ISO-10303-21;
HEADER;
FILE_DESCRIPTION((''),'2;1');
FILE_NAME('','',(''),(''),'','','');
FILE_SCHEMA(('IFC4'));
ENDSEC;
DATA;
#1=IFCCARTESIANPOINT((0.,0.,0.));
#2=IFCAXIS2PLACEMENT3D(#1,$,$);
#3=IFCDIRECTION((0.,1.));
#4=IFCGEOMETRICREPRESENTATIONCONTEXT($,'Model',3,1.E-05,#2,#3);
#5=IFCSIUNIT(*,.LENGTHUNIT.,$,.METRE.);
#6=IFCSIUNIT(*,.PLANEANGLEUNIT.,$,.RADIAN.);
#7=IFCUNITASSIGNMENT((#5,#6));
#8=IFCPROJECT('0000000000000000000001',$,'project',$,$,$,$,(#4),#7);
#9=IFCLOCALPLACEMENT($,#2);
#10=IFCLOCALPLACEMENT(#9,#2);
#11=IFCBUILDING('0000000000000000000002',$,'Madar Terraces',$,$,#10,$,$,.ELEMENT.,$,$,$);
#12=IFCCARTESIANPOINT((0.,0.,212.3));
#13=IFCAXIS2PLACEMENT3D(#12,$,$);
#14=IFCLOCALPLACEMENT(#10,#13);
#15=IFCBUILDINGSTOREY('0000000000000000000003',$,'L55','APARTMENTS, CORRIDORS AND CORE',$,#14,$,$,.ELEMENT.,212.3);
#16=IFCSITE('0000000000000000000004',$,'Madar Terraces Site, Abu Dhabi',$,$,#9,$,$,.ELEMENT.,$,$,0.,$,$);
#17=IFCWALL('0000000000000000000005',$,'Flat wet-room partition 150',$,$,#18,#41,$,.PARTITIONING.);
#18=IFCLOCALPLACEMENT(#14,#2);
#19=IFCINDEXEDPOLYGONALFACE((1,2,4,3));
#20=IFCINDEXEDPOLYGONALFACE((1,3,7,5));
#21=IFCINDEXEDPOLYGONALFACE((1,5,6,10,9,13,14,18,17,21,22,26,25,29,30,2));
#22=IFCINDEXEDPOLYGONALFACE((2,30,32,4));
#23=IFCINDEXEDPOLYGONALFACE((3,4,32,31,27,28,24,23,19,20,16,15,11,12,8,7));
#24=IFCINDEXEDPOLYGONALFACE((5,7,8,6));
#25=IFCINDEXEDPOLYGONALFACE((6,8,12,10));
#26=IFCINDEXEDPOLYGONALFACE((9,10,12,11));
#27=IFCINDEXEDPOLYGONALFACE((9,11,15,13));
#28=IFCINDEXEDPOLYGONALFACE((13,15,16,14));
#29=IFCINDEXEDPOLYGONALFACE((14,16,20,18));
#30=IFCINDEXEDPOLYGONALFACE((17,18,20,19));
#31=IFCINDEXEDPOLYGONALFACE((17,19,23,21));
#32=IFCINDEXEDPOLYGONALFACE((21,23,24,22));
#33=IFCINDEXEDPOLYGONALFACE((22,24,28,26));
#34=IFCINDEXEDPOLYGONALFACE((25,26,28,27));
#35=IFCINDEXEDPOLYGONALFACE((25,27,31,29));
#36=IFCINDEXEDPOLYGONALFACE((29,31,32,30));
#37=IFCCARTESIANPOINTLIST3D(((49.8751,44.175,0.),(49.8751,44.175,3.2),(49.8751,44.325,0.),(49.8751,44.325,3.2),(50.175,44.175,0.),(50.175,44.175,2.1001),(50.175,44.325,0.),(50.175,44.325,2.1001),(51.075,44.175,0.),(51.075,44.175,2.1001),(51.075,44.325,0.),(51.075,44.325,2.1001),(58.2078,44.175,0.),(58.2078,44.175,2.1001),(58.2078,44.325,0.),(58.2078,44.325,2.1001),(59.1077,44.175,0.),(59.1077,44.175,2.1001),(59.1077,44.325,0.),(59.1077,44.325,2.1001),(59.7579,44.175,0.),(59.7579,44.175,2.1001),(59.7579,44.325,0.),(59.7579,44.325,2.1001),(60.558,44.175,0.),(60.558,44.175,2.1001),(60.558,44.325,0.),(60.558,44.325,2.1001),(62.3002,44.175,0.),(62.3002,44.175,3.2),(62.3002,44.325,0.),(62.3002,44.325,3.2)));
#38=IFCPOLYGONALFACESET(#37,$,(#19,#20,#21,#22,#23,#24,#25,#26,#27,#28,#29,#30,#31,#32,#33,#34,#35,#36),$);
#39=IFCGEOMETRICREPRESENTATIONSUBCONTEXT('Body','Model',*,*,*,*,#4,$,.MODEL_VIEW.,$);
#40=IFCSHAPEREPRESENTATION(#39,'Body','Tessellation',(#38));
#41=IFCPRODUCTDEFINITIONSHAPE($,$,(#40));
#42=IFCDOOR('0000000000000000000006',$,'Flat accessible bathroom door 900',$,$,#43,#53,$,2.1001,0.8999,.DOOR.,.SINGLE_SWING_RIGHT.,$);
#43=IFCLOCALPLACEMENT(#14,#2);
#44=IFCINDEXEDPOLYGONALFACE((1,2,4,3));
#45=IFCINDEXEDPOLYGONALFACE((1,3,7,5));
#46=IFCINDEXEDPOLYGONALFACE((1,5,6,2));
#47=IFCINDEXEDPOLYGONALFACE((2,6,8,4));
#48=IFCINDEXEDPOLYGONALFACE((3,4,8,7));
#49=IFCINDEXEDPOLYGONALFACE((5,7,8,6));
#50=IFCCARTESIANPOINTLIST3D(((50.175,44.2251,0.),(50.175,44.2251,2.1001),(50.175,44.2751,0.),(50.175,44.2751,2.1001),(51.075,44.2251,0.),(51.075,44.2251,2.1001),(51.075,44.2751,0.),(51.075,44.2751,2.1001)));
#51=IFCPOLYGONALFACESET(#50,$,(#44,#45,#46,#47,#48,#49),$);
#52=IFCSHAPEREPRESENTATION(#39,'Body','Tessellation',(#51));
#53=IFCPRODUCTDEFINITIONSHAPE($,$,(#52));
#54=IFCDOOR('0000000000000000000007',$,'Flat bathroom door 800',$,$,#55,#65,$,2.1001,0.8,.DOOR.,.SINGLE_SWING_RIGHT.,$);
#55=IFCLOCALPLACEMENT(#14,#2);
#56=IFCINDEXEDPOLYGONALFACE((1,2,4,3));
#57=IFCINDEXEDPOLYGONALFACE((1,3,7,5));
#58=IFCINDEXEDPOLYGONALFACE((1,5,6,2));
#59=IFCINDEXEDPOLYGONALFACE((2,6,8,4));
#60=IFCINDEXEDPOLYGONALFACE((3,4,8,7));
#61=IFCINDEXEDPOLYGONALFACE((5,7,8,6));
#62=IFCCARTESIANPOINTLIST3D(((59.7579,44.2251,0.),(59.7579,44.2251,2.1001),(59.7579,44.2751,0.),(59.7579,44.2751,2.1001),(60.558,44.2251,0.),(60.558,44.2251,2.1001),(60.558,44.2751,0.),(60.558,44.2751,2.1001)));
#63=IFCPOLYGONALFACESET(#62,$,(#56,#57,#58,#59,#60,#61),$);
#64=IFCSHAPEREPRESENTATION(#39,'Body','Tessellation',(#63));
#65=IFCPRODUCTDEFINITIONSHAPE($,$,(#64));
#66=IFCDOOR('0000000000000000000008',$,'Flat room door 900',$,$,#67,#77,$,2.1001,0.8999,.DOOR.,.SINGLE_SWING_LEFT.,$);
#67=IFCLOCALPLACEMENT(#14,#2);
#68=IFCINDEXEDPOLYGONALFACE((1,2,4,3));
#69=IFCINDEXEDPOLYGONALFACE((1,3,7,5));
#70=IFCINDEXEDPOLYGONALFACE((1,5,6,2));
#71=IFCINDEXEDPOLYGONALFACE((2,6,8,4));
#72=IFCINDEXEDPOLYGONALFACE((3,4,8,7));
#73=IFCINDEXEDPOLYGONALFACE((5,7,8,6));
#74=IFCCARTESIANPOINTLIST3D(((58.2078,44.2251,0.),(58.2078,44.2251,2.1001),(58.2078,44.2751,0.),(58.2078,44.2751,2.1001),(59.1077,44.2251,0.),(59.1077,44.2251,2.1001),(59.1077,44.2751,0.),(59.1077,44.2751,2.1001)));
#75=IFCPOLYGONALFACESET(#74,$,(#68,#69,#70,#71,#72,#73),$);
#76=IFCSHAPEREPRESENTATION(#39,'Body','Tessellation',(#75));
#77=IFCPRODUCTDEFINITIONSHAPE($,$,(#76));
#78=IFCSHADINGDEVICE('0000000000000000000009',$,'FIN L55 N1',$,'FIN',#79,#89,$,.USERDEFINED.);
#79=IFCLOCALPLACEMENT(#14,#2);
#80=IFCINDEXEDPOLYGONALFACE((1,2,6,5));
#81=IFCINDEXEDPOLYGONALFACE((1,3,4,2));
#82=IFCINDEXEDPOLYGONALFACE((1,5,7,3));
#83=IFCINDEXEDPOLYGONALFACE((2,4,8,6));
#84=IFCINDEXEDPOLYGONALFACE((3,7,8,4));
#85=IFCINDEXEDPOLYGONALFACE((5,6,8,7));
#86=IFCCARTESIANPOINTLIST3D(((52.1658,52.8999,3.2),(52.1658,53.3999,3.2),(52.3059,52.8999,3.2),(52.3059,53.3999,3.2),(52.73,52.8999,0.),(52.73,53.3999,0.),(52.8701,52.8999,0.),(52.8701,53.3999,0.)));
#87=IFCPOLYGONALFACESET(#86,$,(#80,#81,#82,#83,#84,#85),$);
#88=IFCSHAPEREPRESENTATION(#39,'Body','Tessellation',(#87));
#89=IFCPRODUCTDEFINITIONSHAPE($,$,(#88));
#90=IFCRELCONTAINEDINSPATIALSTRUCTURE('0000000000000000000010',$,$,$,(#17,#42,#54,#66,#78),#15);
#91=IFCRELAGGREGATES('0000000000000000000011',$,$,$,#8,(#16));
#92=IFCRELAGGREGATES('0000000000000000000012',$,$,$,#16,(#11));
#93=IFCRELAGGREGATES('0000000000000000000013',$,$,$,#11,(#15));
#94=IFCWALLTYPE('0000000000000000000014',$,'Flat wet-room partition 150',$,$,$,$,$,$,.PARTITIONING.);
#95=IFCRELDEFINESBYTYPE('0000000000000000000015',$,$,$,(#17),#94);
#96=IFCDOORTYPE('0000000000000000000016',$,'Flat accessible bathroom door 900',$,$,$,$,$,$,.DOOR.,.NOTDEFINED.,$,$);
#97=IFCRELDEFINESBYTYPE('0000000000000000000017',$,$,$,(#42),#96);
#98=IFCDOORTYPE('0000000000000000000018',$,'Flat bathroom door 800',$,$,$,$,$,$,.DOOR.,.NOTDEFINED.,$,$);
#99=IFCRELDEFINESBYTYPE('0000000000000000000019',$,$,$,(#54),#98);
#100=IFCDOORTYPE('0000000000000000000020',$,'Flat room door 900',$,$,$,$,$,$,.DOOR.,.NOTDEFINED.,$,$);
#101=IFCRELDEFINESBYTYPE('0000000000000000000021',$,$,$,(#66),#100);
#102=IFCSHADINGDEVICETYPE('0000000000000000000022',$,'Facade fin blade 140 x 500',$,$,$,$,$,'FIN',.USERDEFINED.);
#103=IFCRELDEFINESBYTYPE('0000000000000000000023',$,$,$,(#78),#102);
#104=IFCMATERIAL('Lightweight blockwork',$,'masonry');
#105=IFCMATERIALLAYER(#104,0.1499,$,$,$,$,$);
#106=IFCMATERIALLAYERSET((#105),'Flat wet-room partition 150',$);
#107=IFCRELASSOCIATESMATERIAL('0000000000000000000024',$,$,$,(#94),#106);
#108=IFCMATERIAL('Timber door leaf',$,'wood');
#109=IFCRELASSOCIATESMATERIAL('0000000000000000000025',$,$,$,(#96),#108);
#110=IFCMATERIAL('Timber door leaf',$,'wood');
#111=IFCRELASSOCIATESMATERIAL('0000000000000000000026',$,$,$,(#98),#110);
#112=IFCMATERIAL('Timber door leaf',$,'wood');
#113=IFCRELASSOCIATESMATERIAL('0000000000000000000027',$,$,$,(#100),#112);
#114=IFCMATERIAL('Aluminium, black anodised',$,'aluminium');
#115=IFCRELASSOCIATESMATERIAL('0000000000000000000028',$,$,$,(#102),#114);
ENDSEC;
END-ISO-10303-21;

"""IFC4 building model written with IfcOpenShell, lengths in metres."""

from ifc_helpers import new_model, si_unit, direction, frame, frame_2d, origin, place, context, subcontext, project, spatial, polyline, rectangle, outline, extrude, material, layer, layer_set, type_object, element, fill, save


model = new_model("IFC4")

# Units and contexts
model_context = context("Model", 3, precision=1e-05, world=origin(), true_north=direction((0.0, 1.0)))
body_context = subcontext(model_context, "Body", "Model", "MODEL_VIEW")
ifc_project = project(units=[si_unit("LENGTHUNIT", "METRE"), si_unit("PLANEANGLEUNIT", "RADIAN")], contexts=[model_context])

# Site, building, storey
site_placement = place(None, origin())
site = spatial("IfcSite", under=ifc_project, at=site_placement, Name="Madar Terraces Site, Abu Dhabi", CompositionType="ELEMENT", RefElevation=0.0)
building_placement = place(site_placement, origin())
building = spatial("IfcBuilding", under=site, at=building_placement, Name="Madar Terraces", CompositionType="ELEMENT")
storey_placement = place(building_placement, frame((0.0, 0.0, 212.3)))
storey = spatial("IfcBuildingStorey", under=building, at=storey_placement, Name="L55", Description="APARTMENTS, CORRIDORS AND CORE", CompositionType="ELEMENT", Elevation=212.3)

# Wall, openings, doors
ifc_material_1 = material(Name="Lightweight blockwork", Category="masonry")
ifc_layer_1 = layer(ifc_material_1, 0.1499)
ifc_layer_set_1 = layer_set([ifc_layer_1], Name="Flat wet-room partition 150")
wall_type_1 = type_object("IfcWallType", Name="Flat wet-room partition 150", PredefinedType="PARTITIONING", material=ifc_layer_set_1)
wall_1_placement = place(storey_placement, frame((62.3, 44.25, 0.0), z_axis=(0.0, 0.0, 1.0), x_axis=(-1.0, 0.0, 0.0)))
wall_1 = element("IfcWall", 1, at=wall_1_placement, inside=storey, type_object=wall_type_1, Name="Flat wet-room partition 150", PredefinedType="PARTITIONING", context=body_context, shape_type="SweptSolid", body=[
    extrude(rectangle(XDim=12.425, YDim=0.1499, at=frame_2d((6.2124, 0.0))), origin(), (0.0, 0.0, 1.0), 3.2),
])
opening_1_placement = place(wall_1_placement, frame((11.2251, 0.0, 0.0)))
opening_1 = element("IfcOpeningElement", 2, at=opening_1_placement, cuts=wall_1, PredefinedType="OPENING", context=body_context, shape_type="SweptSolid", body=[
    extrude(rectangle(XDim=0.8999, YDim=2.1001, at=frame_2d((0.45, 1.05))), frame((0.0, 0.085, 0.0), z_axis=(0.0, -1.0, 0.0), x_axis=(1.0, 0.0, 0.0)), (0.0, 0.0, 1.0), 0.1699),
])
opening_2_placement = place(wall_1_placement, frame((3.1924, 0.0, 0.0)))
opening_2 = element("IfcOpeningElement", 3, at=opening_2_placement, cuts=wall_1, PredefinedType="OPENING", context=body_context, shape_type="SweptSolid", body=[
    extrude(rectangle(XDim=0.8999, YDim=2.1001, at=frame_2d((0.45, 1.05))), frame((0.0, 0.085, 0.0), z_axis=(0.0, -1.0, 0.0), x_axis=(1.0, 0.0, 0.0)), (0.0, 0.0, 1.0), 0.1699),
])
opening_3_placement = place(wall_1_placement, frame((1.7422, 0.0, 0.0)))
opening_3 = element("IfcOpeningElement", 4, at=opening_3_placement, cuts=wall_1, PredefinedType="OPENING", context=body_context, shape_type="SweptSolid", body=[
    extrude(rectangle(XDim=0.8, YDim=2.1001, at=frame_2d((0.3999, 1.05))), frame((0.0, 0.085, 0.0), z_axis=(0.0, -1.0, 0.0), x_axis=(1.0, 0.0, 0.0)), (0.0, 0.0, 1.0), 0.1699),
])
ifc_material_2 = material(Name="Timber door leaf", Category="wood")
door_type_1 = type_object("IfcDoorType", Name="Flat accessible bathroom door 900", OperationType="NOTDEFINED", PredefinedType="DOOR", material=ifc_material_2)
door_1_placement = place(opening_1_placement, origin())
door_1 = element("IfcDoor", 5, at=door_1_placement, inside=storey, type_object=door_type_1, Name="Flat accessible bathroom door 900", OperationType="SINGLE_SWING_RIGHT", OverallHeight=2.1001, OverallWidth=0.8999, PredefinedType="DOOR", context=body_context, shape_type="SweptSolid", body=[
    extrude(rectangle(XDim=0.8999, YDim=2.1001, at=frame_2d((0.45, 1.05))), frame((0.0, 0.0249, 0.0), z_axis=(0.0, -1.0, 0.0), x_axis=(1.0, 0.0, 0.0)), (0.0, 0.0, 1.0), 0.05),
])
fill(opening_1, door_1)
ifc_material_3 = material(Name="Timber door leaf", Category="wood")
door_type_2 = type_object("IfcDoorType", Name="Flat bathroom door 800", OperationType="NOTDEFINED", PredefinedType="DOOR", material=ifc_material_3)
door_2_placement = place(opening_3_placement, origin())
door_2 = element("IfcDoor", 6, at=door_2_placement, inside=storey, type_object=door_type_2, Name="Flat bathroom door 800", OperationType="SINGLE_SWING_RIGHT", OverallHeight=2.1001, OverallWidth=0.8, PredefinedType="DOOR", context=body_context, shape_type="SweptSolid", body=[
    extrude(rectangle(XDim=0.8, YDim=2.1001, at=frame_2d((0.3999, 1.05))), frame((0.0, 0.0249, 0.0), z_axis=(0.0, -1.0, 0.0), x_axis=(1.0, 0.0, 0.0)), (0.0, 0.0, 1.0), 0.05),
])
fill(opening_3, door_2)
ifc_material_4 = material(Name="Timber door leaf", Category="wood")
door_type_3 = type_object("IfcDoorType", Name="Flat room door 900", OperationType="NOTDEFINED", PredefinedType="DOOR", material=ifc_material_4)
door_3_placement = place(opening_2_placement, origin())
door_3 = element("IfcDoor", 7, at=door_3_placement, inside=storey, type_object=door_type_3, Name="Flat room door 900", OperationType="SINGLE_SWING_LEFT", OverallHeight=2.1001, OverallWidth=0.8999, PredefinedType="DOOR", context=body_context, shape_type="SweptSolid", body=[
    extrude(rectangle(XDim=0.8999, YDim=2.1001, at=frame_2d((0.45, 1.05))), frame((0.0, 0.0249, 0.0), z_axis=(0.0, -1.0, 0.0), x_axis=(1.0, 0.0, 0.0)), (0.0, 0.0, 1.0), 0.05),
])
fill(opening_2, door_3)

# Shading device
ifc_material_5 = material(Name="Aluminium, black anodised", Category="aluminium")
shading_device_type = type_object("IfcShadingDeviceType", Name="Facade fin blade 140 x 500", ElementType="FIN", PredefinedType="USERDEFINED", material=ifc_material_5)
shading_device_placement = place(storey_placement, frame((52.8701, 53.1499, 0.0), z_axis=(0.0, 0.0, 1.0), x_axis=(-1.0, 0.0, 0.0)))
element("IfcShadingDevice", 8, at=shading_device_placement, inside=storey, type_object=shading_device_type, Name="FIN L55 N1", ObjectType="FIN", PredefinedType="USERDEFINED", context=body_context, shape_type="SweptSolid", body=[
    extrude(outline(polyline([(0.0, 0.0), (0.1401, 0.0), (0.7043, 3.2), (0.5642, 3.2), (0.0, 0.0)])), frame((0.0, 0.25, 0.0), z_axis=(0.0, -1.0, 0.0), x_axis=(1.0, 0.0, 0.0)), (0.0, 0.0, 1.0), 0.5),
])

save(model, "model.ifc")
